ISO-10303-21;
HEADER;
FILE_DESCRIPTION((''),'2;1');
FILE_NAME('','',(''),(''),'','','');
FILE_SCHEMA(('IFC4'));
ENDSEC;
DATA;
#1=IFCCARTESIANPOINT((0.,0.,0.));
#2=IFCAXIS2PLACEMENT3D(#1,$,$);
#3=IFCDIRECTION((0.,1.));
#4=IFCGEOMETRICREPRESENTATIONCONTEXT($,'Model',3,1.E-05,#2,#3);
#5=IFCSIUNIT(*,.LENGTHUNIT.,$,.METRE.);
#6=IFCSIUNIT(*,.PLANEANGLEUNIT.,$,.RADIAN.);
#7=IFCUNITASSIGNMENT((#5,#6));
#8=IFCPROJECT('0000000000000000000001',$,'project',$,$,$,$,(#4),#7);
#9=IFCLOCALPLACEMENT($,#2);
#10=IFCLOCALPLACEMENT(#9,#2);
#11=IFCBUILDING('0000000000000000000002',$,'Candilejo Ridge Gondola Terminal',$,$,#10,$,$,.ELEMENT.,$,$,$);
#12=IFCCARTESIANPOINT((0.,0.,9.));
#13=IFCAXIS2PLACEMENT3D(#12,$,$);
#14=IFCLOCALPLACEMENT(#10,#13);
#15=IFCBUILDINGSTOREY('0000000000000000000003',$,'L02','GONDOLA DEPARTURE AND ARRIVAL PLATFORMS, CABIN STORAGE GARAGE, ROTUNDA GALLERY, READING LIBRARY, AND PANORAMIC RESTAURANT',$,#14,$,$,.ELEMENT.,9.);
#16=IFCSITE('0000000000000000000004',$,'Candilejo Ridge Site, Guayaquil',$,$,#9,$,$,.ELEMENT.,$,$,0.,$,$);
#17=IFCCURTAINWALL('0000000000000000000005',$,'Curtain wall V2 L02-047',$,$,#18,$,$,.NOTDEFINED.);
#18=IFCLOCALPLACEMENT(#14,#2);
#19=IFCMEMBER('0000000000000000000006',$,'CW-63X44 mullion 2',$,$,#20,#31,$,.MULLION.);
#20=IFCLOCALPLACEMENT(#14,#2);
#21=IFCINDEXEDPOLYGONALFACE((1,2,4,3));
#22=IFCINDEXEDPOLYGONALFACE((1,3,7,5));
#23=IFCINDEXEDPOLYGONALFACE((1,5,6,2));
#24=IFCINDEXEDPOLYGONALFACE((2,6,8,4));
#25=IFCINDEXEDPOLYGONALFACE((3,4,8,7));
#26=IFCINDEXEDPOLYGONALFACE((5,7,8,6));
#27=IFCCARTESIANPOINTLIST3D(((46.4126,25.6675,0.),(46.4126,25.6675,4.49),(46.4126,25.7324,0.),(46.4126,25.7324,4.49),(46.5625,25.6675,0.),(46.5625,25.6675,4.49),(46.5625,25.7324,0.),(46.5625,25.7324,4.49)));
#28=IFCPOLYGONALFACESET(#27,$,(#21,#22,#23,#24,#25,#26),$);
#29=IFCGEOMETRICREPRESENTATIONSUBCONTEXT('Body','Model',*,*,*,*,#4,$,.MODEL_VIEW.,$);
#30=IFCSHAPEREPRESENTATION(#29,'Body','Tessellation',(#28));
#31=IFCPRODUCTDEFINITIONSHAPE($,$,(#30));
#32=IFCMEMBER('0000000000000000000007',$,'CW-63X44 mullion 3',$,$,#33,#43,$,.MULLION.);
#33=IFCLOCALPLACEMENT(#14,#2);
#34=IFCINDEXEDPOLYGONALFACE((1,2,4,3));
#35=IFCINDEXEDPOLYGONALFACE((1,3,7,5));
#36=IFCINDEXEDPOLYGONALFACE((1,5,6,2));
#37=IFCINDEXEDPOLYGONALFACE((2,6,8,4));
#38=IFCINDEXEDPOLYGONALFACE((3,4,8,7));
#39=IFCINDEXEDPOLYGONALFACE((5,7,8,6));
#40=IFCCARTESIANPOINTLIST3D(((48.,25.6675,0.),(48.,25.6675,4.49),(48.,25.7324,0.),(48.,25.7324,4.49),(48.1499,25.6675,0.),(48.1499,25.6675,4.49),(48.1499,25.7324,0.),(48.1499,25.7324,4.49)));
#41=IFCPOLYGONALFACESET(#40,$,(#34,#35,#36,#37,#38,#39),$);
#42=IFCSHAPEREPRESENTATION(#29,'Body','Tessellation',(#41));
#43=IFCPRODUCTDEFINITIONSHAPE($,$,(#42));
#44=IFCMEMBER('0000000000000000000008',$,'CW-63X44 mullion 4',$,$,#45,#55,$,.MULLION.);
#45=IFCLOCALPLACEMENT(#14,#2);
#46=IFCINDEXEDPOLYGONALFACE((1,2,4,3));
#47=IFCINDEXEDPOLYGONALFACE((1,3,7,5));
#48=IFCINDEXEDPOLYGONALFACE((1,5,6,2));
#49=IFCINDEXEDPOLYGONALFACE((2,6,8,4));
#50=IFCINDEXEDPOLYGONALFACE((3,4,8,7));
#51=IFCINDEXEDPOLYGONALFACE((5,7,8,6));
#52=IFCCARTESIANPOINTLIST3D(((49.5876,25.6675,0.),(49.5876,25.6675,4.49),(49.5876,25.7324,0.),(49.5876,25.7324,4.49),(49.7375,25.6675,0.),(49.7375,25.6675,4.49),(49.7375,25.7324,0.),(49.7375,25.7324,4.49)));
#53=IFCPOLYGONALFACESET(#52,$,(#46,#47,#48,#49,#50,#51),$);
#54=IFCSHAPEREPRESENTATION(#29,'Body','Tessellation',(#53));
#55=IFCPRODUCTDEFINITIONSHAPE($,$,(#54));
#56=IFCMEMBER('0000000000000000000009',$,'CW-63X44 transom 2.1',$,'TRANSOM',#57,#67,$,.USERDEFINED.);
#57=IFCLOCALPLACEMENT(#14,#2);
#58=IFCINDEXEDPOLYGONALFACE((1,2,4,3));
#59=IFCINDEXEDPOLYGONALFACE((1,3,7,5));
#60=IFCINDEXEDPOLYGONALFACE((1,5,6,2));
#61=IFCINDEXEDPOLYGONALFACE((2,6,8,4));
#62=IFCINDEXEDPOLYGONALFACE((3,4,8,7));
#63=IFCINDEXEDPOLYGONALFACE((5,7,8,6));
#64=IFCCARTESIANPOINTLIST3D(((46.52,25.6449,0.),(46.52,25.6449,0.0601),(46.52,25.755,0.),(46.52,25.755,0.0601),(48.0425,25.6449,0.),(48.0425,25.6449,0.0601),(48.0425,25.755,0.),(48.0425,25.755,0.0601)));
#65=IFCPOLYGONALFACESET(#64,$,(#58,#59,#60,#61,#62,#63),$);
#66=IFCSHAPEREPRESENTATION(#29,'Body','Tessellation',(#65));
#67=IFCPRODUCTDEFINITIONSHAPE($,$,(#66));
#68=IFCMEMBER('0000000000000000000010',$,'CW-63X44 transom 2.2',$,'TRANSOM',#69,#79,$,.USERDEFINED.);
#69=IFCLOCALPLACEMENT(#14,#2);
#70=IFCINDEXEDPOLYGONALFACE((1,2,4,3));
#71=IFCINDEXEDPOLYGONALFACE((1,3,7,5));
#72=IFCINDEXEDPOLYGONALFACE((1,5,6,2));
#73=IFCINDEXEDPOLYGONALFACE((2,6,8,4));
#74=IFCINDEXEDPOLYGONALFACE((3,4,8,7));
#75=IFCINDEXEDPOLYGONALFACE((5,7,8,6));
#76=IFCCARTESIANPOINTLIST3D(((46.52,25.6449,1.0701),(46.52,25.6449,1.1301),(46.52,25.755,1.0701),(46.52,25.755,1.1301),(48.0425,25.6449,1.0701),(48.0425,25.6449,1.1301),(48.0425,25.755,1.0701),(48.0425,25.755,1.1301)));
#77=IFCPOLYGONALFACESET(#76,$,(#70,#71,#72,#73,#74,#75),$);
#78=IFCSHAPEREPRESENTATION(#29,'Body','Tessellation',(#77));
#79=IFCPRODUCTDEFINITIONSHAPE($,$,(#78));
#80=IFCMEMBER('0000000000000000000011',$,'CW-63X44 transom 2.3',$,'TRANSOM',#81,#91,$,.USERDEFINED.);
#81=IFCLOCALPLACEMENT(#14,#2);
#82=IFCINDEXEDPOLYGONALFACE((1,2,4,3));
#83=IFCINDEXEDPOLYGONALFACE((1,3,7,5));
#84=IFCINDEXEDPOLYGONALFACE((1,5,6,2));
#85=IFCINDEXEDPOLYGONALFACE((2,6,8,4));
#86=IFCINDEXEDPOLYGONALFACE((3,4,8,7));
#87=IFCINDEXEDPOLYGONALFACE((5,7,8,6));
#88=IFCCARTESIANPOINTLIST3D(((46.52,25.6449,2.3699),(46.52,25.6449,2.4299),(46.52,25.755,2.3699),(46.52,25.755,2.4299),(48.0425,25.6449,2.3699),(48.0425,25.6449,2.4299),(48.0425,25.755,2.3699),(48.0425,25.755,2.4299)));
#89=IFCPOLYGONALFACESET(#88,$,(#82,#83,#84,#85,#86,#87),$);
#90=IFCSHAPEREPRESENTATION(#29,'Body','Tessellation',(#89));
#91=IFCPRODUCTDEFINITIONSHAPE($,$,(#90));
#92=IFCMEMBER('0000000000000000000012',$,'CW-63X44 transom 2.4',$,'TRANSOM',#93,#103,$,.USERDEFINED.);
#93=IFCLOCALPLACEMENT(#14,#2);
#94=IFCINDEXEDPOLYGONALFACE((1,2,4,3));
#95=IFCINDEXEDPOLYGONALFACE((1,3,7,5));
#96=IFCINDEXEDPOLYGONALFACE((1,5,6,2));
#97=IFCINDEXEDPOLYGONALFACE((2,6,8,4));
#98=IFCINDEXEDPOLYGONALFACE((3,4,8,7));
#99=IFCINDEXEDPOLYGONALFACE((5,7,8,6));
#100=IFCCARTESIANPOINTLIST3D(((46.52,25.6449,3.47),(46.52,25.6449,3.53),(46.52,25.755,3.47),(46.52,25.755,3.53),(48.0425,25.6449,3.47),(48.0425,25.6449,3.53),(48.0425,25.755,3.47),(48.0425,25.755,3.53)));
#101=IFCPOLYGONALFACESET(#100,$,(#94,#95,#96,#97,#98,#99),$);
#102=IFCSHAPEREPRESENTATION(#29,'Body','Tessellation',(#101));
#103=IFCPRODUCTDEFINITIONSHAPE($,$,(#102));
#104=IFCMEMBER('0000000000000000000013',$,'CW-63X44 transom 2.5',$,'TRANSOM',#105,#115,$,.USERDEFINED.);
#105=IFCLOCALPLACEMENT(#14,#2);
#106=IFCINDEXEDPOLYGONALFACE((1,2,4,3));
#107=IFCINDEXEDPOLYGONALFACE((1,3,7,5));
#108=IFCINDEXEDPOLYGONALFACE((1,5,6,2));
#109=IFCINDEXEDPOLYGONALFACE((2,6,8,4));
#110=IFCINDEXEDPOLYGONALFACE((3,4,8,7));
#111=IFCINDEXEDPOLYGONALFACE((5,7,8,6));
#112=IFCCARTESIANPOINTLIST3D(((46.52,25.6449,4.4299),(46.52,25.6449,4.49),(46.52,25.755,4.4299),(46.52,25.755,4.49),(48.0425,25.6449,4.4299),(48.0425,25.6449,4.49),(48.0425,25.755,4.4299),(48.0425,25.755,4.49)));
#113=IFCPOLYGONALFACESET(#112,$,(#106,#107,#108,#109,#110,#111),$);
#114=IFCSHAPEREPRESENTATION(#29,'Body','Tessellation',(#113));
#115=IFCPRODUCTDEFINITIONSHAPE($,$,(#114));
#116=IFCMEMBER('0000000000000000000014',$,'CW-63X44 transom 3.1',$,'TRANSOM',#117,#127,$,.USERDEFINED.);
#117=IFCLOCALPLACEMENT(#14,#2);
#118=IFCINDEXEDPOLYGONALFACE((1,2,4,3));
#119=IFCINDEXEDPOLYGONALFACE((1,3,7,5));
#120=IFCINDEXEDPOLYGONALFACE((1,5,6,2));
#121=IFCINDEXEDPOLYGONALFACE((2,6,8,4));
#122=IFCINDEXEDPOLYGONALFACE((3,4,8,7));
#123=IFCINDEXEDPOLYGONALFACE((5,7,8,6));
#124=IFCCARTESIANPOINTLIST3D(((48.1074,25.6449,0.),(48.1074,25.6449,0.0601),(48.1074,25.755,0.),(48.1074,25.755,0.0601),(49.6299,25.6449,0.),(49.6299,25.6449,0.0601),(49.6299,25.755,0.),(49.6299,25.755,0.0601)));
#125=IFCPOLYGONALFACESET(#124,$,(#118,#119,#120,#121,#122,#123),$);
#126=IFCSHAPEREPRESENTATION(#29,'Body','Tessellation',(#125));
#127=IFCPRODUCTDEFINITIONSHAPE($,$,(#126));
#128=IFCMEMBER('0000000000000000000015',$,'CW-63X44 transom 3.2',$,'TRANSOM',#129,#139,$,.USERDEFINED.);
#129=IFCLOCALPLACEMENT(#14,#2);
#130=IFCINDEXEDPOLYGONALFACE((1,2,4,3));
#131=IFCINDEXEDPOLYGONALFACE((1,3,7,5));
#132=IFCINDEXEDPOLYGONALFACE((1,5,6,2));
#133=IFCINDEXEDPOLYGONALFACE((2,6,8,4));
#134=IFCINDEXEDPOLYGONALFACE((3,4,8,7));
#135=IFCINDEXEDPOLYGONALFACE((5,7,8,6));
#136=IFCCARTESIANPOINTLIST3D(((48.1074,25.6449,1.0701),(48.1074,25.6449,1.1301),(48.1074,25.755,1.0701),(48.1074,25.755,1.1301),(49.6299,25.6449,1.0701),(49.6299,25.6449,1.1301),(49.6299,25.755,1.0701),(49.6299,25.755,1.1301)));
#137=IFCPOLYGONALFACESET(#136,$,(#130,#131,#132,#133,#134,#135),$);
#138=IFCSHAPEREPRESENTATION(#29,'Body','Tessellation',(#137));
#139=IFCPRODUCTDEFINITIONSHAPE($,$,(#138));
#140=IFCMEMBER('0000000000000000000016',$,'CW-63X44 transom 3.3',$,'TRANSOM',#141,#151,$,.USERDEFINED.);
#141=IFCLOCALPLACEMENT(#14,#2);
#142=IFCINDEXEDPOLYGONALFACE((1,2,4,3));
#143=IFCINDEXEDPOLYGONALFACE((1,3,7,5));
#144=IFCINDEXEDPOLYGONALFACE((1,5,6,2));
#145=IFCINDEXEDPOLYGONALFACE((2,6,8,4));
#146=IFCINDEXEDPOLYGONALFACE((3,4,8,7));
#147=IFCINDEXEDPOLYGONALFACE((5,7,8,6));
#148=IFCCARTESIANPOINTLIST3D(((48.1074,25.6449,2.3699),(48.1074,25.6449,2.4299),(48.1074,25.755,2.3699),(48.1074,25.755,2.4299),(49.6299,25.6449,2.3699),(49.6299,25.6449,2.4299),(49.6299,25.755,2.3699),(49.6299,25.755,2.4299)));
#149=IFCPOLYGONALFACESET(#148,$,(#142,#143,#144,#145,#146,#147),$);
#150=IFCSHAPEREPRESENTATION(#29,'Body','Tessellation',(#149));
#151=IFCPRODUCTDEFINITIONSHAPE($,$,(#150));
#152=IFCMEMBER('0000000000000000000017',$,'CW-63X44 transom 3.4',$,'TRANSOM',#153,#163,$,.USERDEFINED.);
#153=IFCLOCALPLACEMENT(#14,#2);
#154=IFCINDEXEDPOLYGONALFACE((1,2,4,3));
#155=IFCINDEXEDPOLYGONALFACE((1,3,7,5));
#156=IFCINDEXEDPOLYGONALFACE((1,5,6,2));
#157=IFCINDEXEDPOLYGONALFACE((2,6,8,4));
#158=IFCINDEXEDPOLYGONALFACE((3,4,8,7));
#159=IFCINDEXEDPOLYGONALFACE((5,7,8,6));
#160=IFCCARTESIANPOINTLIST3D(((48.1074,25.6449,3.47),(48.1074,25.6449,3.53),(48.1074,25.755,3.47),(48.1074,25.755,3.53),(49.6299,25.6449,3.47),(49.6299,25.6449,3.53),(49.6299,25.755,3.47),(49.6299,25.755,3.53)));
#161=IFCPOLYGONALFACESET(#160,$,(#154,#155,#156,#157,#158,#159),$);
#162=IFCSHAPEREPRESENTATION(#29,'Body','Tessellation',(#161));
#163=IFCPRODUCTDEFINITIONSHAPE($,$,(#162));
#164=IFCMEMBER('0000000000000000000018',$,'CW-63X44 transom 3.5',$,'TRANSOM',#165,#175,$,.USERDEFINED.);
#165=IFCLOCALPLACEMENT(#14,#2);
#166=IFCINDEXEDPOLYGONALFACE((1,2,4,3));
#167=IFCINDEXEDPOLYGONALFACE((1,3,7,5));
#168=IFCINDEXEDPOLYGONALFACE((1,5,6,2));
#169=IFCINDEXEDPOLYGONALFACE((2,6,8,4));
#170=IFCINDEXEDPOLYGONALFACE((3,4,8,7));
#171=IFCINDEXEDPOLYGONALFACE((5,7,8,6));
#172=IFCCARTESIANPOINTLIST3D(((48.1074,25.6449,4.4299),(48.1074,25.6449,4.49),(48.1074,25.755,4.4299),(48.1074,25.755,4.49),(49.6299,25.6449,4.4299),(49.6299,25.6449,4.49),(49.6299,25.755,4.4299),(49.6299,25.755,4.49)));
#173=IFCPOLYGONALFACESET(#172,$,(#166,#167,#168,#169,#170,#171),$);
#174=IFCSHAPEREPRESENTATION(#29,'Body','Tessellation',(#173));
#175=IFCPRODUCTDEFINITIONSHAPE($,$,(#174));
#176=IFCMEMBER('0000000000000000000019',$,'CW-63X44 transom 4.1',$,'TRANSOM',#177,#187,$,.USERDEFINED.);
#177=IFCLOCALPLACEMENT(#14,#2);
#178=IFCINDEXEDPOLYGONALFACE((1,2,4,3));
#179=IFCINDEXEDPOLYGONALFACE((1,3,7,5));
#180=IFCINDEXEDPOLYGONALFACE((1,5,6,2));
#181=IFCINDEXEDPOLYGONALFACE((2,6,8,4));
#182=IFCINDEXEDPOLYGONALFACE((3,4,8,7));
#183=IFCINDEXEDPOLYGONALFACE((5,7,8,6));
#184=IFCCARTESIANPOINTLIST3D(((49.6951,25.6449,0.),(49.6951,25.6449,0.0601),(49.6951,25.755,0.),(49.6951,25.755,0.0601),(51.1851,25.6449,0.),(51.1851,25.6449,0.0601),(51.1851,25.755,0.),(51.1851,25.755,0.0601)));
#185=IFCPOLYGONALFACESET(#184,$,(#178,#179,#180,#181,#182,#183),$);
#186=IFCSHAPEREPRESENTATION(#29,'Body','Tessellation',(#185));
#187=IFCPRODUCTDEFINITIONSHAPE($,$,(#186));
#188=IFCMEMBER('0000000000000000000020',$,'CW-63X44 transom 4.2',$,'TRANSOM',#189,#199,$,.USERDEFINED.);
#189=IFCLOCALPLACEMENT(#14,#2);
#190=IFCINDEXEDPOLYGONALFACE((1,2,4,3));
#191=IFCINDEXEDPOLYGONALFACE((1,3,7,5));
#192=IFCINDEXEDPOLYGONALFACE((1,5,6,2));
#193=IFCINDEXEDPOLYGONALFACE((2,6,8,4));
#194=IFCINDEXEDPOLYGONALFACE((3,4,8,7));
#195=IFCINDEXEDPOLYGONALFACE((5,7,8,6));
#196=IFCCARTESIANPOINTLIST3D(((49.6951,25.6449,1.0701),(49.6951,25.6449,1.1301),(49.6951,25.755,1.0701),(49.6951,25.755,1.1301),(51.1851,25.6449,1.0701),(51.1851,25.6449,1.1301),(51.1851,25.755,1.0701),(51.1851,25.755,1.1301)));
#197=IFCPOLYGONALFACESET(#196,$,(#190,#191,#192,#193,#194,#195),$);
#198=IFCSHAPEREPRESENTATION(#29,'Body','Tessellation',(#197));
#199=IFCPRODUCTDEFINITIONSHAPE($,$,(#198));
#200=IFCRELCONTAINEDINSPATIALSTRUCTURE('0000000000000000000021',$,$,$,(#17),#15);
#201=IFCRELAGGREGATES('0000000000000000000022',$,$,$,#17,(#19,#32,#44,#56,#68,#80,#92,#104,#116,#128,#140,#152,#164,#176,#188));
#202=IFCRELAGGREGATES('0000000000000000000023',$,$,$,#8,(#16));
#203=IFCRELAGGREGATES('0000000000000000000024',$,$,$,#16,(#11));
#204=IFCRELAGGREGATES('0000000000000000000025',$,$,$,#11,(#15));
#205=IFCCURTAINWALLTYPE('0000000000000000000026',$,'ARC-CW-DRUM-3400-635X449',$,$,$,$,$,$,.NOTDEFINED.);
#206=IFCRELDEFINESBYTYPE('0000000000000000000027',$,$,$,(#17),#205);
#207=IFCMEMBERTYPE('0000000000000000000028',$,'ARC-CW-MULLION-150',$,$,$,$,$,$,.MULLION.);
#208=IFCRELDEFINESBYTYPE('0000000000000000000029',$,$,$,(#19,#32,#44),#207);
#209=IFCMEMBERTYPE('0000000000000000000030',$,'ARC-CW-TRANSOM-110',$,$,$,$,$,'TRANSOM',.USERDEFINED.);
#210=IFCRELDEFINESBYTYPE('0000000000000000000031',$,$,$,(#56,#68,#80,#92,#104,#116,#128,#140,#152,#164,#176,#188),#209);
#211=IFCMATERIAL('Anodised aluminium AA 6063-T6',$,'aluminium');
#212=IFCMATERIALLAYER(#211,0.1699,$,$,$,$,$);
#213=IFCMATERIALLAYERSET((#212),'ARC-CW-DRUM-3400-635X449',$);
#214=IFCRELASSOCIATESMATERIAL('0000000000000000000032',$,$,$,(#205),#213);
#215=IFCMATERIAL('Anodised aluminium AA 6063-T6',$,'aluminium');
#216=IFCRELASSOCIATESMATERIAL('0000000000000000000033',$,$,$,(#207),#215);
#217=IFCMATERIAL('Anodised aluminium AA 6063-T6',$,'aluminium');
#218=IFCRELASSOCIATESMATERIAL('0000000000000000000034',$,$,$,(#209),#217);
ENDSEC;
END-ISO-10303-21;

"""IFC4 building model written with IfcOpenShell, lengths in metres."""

from ifc_helpers import new_model, si_unit, direction, frame, origin, origin_2d, place, context, subcontext, project, spatial, rectangle, extrude, material, layer, layer_set, material_profile, profile_set, type_object, element, aggregate, save


model = new_model("IFC4")

# Units and contexts
model_context = context("Model", 3, precision=1e-05, world=origin(), true_north=direction((0.0, 1.0)))
body_context = subcontext(model_context, "Body", "Model", "MODEL_VIEW")
ifc_project = project(units=[si_unit("LENGTHUNIT", "METRE"), si_unit("PLANEANGLEUNIT", "RADIAN")], contexts=[model_context])

# Site, building, storey
site_placement = place(None, origin())
site = spatial("IfcSite", under=ifc_project, at=site_placement, Name="Candilejo Ridge Site, Guayaquil", CompositionType="ELEMENT", RefElevation=0.0)
building_placement = place(site_placement, origin())
building = spatial("IfcBuilding", under=site, at=building_placement, Name="Candilejo Ridge Gondola Terminal", CompositionType="ELEMENT")
storey_placement = place(building_placement, frame((0.0, 0.0, 9.0)))
storey = spatial("IfcBuildingStorey", under=building, at=storey_placement, Name="L02", Description="GONDOLA DEPARTURE AND ARRIVAL PLATFORMS, CABIN STORAGE GARAGE, ROTUNDA GALLERY, READING LIBRARY, AND PANORAMIC RESTAURANT", CompositionType="ELEMENT", Elevation=9.0)

# Curtain wall, members
ifc_material_1 = material(Name="Anodised aluminium AA 6063-T6", Category="aluminium")
ifc_layer_1 = layer(ifc_material_1, 0.1699)
ifc_layer_set_1 = layer_set([ifc_layer_1], Name="ARC-CW-DRUM-3400-635X449")
curtain_wall_type = type_object("IfcCurtainWallType", Name="ARC-CW-DRUM-3400-635X449", PredefinedType="NOTDEFINED", material=ifc_layer_set_1)
curtain_wall_placement = place(storey_placement, origin())
curtain_wall = element("IfcCurtainWall", 1, at=curtain_wall_placement, inside=storey, type_object=curtain_wall_type, Name="Curtain wall V2 L02-047", PredefinedType="NOTDEFINED")
ifc_material_2 = material(Name="Anodised aluminium AA 6063-T6", Category="aluminium")
ifc_material_profile_1 = material_profile(ifc_material_2, rectangle(XDim=0.0649, YDim=0.1499, at=origin_2d()))
ifc_profile_set_1 = profile_set([ifc_material_profile_1], Name="Anodised aluminium AA 6063-T6")
member_type_1 = type_object("IfcMemberType", Name="ARC-CW-MULLION-150", PredefinedType="MULLION", material=ifc_profile_set_1)
member_1_placement = place(storey_placement, frame((46.4875, 25.7, 0.0), z_axis=(0.0, 0.0, 1.0), x_axis=(0.0, 1.0, 0.0)))
member_1 = element("IfcMember", 2, at=member_1_placement, type_object=member_type_1, Name="CW-63X44 mullion 2", PredefinedType="MULLION", context=body_context, shape_type="SweptSolid", body=[
    extrude(rectangle(XDim=0.0649, YDim=0.1499, at=origin_2d()), origin(), (0.0, 0.0, 1.0), 4.49),
])
member_2_placement = place(storey_placement, frame((48.075, 25.7, 0.0), z_axis=(0.0, 0.0, 1.0), x_axis=(0.0, 1.0, 0.0)))
member_2 = element("IfcMember", 3, at=member_2_placement, type_object=member_type_1, Name="CW-63X44 mullion 3", PredefinedType="MULLION", context=body_context, shape_type="SweptSolid", body=[
    extrude(rectangle(XDim=0.0649, YDim=0.1499, at=origin_2d()), origin(), (0.0, 0.0, 1.0), 4.49),
])
member_3_placement = place(storey_placement, frame((49.6626, 25.7, 0.0), z_axis=(0.0, 0.0, 1.0), x_axis=(0.0, 1.0, 0.0)))
member_3 = element("IfcMember", 4, at=member_3_placement, type_object=member_type_1, Name="CW-63X44 mullion 4", PredefinedType="MULLION", context=body_context, shape_type="SweptSolid", body=[
    extrude(rectangle(XDim=0.0649, YDim=0.1499, at=origin_2d()), origin(), (0.0, 0.0, 1.0), 4.49),
])
ifc_material_3 = material(Name="Anodised aluminium AA 6063-T6", Category="aluminium")
ifc_material_profile_2 = material_profile(ifc_material_3, rectangle(XDim=0.1101, YDim=0.0601, at=origin_2d()))
ifc_profile_set_2 = profile_set([ifc_material_profile_2], Name="Anodised aluminium AA 6063-T6")
member_type_2 = type_object("IfcMemberType", Name="ARC-CW-TRANSOM-110", ElementType="TRANSOM", PredefinedType="USERDEFINED", material=ifc_profile_set_2)
member_4_placement = place(storey_placement, frame((46.52, 25.7, 0.03), z_axis=(1.0, 0.0, 0.0), x_axis=(0.0, 1.0, 0.0)))
member_4 = element("IfcMember", 5, at=member_4_placement, type_object=member_type_2, Name="CW-63X44 transom 2.1", ObjectType="TRANSOM", PredefinedType="USERDEFINED", context=body_context, shape_type="SweptSolid", body=[
    extrude(rectangle(XDim=0.1101, YDim=0.0601, at=origin_2d()), origin(), (0.0, 0.0, 1.0), 1.5225),
])
member_5_placement = place(storey_placement, frame((46.52, 25.7, 1.1001), z_axis=(1.0, 0.0, 0.0), x_axis=(0.0, 1.0, 0.0)))
member_5 = element("IfcMember", 6, at=member_5_placement, type_object=member_type_2, Name="CW-63X44 transom 2.2", ObjectType="TRANSOM", PredefinedType="USERDEFINED", context=body_context, shape_type="SweptSolid", body=[
    extrude(rectangle(XDim=0.1101, YDim=0.0601, at=origin_2d()), origin(), (0.0, 0.0, 1.0), 1.5225),
])
member_6_placement = place(storey_placement, frame((46.52, 25.7, 2.3999), z_axis=(1.0, 0.0, 0.0), x_axis=(0.0, 1.0, 0.0)))
member_6 = element("IfcMember", 7, at=member_6_placement, type_object=member_type_2, Name="CW-63X44 transom 2.3", ObjectType="TRANSOM", PredefinedType="USERDEFINED", context=body_context, shape_type="SweptSolid", body=[
    extrude(rectangle(XDim=0.1101, YDim=0.0601, at=origin_2d()), origin(), (0.0, 0.0, 1.0), 1.5225),
])
member_7_placement = place(storey_placement, frame((46.52, 25.7, 3.5), z_axis=(1.0, 0.0, 0.0), x_axis=(0.0, 1.0, 0.0)))
member_7 = element("IfcMember", 8, at=member_7_placement, type_object=member_type_2, Name="CW-63X44 transom 2.4", ObjectType="TRANSOM", PredefinedType="USERDEFINED", context=body_context, shape_type="SweptSolid", body=[
    extrude(rectangle(XDim=0.1101, YDim=0.0601, at=origin_2d()), origin(), (0.0, 0.0, 1.0), 1.5225),
])
member_8_placement = place(storey_placement, frame((46.52, 25.7, 4.46), z_axis=(1.0, 0.0, 0.0), x_axis=(0.0, 1.0, 0.0)))
member_8 = element("IfcMember", 9, at=member_8_placement, type_object=member_type_2, Name="CW-63X44 transom 2.5", ObjectType="TRANSOM", PredefinedType="USERDEFINED", context=body_context, shape_type="SweptSolid", body=[
    extrude(rectangle(XDim=0.1101, YDim=0.0601, at=origin_2d()), origin(), (0.0, 0.0, 1.0), 1.5225),
])
member_9_placement = place(storey_placement, frame((48.1074, 25.7, 0.03), z_axis=(1.0, 0.0, 0.0), x_axis=(0.0, 1.0, 0.0)))
member_9 = element("IfcMember", 10, at=member_9_placement, type_object=member_type_2, Name="CW-63X44 transom 3.1", ObjectType="TRANSOM", PredefinedType="USERDEFINED", context=body_context, shape_type="SweptSolid", body=[
    extrude(rectangle(XDim=0.1101, YDim=0.0601, at=origin_2d()), origin(), (0.0, 0.0, 1.0), 1.5225),
])
member_10_placement = place(storey_placement, frame((48.1074, 25.7, 1.1001), z_axis=(1.0, 0.0, 0.0), x_axis=(0.0, 1.0, 0.0)))
member_10 = element("IfcMember", 11, at=member_10_placement, type_object=member_type_2, Name="CW-63X44 transom 3.2", ObjectType="TRANSOM", PredefinedType="USERDEFINED", context=body_context, shape_type="SweptSolid", body=[
    extrude(rectangle(XDim=0.1101, YDim=0.0601, at=origin_2d()), origin(), (0.0, 0.0, 1.0), 1.5225),
])
member_11_placement = place(storey_placement, frame((48.1074, 25.7, 2.3999), z_axis=(1.0, 0.0, 0.0), x_axis=(0.0, 1.0, 0.0)))
member_11 = element("IfcMember", 12, at=member_11_placement, type_object=member_type_2, Name="CW-63X44 transom 3.3", ObjectType="TRANSOM", PredefinedType="USERDEFINED", context=body_context, shape_type="SweptSolid", body=[
    extrude(rectangle(XDim=0.1101, YDim=0.0601, at=origin_2d()), origin(), (0.0, 0.0, 1.0), 1.5225),
])
member_12_placement = place(storey_placement, frame((48.1074, 25.7, 3.5), z_axis=(1.0, 0.0, 0.0), x_axis=(0.0, 1.0, 0.0)))
member_12 = element("IfcMember", 13, at=member_12_placement, type_object=member_type_2, Name="CW-63X44 transom 3.4", ObjectType="TRANSOM", PredefinedType="USERDEFINED", context=body_context, shape_type="SweptSolid", body=[
    extrude(rectangle(XDim=0.1101, YDim=0.0601, at=origin_2d()), origin(), (0.0, 0.0, 1.0), 1.5225),
])
member_13_placement = place(storey_placement, frame((48.1074, 25.7, 4.46), z_axis=(1.0, 0.0, 0.0), x_axis=(0.0, 1.0, 0.0)))
member_13 = element("IfcMember", 14, at=member_13_placement, type_object=member_type_2, Name="CW-63X44 transom 3.5", ObjectType="TRANSOM", PredefinedType="USERDEFINED", context=body_context, shape_type="SweptSolid", body=[
    extrude(rectangle(XDim=0.1101, YDim=0.0601, at=origin_2d()), origin(), (0.0, 0.0, 1.0), 1.5225),
])
member_14_placement = place(storey_placement, frame((49.6951, 25.7, 0.03), z_axis=(1.0, 0.0, 0.0), x_axis=(0.0, 1.0, 0.0)))
member_14 = element("IfcMember", 15, at=member_14_placement, type_object=member_type_2, Name="CW-63X44 transom 4.1", ObjectType="TRANSOM", PredefinedType="USERDEFINED", context=body_context, shape_type="SweptSolid", body=[
    extrude(rectangle(XDim=0.1101, YDim=0.0601, at=origin_2d()), origin(), (0.0, 0.0, 1.0), 1.49),
])
member_15_placement = place(storey_placement, frame((49.6951, 25.7, 1.1001), z_axis=(1.0, 0.0, 0.0), x_axis=(0.0, 1.0, 0.0)))
member_15 = element("IfcMember", 16, at=member_15_placement, type_object=member_type_2, Name="CW-63X44 transom 4.2", ObjectType="TRANSOM", PredefinedType="USERDEFINED", context=body_context, shape_type="SweptSolid", body=[
    extrude(rectangle(XDim=0.1101, YDim=0.0601, at=origin_2d()), origin(), (0.0, 0.0, 1.0), 1.49),
])
aggregate(curtain_wall, [member_1, member_2, member_3, member_4, member_5, member_6, member_7, member_8, member_9, member_10, member_11, member_12, member_13, member_14, member_15])

save(model, "model.ifc")
